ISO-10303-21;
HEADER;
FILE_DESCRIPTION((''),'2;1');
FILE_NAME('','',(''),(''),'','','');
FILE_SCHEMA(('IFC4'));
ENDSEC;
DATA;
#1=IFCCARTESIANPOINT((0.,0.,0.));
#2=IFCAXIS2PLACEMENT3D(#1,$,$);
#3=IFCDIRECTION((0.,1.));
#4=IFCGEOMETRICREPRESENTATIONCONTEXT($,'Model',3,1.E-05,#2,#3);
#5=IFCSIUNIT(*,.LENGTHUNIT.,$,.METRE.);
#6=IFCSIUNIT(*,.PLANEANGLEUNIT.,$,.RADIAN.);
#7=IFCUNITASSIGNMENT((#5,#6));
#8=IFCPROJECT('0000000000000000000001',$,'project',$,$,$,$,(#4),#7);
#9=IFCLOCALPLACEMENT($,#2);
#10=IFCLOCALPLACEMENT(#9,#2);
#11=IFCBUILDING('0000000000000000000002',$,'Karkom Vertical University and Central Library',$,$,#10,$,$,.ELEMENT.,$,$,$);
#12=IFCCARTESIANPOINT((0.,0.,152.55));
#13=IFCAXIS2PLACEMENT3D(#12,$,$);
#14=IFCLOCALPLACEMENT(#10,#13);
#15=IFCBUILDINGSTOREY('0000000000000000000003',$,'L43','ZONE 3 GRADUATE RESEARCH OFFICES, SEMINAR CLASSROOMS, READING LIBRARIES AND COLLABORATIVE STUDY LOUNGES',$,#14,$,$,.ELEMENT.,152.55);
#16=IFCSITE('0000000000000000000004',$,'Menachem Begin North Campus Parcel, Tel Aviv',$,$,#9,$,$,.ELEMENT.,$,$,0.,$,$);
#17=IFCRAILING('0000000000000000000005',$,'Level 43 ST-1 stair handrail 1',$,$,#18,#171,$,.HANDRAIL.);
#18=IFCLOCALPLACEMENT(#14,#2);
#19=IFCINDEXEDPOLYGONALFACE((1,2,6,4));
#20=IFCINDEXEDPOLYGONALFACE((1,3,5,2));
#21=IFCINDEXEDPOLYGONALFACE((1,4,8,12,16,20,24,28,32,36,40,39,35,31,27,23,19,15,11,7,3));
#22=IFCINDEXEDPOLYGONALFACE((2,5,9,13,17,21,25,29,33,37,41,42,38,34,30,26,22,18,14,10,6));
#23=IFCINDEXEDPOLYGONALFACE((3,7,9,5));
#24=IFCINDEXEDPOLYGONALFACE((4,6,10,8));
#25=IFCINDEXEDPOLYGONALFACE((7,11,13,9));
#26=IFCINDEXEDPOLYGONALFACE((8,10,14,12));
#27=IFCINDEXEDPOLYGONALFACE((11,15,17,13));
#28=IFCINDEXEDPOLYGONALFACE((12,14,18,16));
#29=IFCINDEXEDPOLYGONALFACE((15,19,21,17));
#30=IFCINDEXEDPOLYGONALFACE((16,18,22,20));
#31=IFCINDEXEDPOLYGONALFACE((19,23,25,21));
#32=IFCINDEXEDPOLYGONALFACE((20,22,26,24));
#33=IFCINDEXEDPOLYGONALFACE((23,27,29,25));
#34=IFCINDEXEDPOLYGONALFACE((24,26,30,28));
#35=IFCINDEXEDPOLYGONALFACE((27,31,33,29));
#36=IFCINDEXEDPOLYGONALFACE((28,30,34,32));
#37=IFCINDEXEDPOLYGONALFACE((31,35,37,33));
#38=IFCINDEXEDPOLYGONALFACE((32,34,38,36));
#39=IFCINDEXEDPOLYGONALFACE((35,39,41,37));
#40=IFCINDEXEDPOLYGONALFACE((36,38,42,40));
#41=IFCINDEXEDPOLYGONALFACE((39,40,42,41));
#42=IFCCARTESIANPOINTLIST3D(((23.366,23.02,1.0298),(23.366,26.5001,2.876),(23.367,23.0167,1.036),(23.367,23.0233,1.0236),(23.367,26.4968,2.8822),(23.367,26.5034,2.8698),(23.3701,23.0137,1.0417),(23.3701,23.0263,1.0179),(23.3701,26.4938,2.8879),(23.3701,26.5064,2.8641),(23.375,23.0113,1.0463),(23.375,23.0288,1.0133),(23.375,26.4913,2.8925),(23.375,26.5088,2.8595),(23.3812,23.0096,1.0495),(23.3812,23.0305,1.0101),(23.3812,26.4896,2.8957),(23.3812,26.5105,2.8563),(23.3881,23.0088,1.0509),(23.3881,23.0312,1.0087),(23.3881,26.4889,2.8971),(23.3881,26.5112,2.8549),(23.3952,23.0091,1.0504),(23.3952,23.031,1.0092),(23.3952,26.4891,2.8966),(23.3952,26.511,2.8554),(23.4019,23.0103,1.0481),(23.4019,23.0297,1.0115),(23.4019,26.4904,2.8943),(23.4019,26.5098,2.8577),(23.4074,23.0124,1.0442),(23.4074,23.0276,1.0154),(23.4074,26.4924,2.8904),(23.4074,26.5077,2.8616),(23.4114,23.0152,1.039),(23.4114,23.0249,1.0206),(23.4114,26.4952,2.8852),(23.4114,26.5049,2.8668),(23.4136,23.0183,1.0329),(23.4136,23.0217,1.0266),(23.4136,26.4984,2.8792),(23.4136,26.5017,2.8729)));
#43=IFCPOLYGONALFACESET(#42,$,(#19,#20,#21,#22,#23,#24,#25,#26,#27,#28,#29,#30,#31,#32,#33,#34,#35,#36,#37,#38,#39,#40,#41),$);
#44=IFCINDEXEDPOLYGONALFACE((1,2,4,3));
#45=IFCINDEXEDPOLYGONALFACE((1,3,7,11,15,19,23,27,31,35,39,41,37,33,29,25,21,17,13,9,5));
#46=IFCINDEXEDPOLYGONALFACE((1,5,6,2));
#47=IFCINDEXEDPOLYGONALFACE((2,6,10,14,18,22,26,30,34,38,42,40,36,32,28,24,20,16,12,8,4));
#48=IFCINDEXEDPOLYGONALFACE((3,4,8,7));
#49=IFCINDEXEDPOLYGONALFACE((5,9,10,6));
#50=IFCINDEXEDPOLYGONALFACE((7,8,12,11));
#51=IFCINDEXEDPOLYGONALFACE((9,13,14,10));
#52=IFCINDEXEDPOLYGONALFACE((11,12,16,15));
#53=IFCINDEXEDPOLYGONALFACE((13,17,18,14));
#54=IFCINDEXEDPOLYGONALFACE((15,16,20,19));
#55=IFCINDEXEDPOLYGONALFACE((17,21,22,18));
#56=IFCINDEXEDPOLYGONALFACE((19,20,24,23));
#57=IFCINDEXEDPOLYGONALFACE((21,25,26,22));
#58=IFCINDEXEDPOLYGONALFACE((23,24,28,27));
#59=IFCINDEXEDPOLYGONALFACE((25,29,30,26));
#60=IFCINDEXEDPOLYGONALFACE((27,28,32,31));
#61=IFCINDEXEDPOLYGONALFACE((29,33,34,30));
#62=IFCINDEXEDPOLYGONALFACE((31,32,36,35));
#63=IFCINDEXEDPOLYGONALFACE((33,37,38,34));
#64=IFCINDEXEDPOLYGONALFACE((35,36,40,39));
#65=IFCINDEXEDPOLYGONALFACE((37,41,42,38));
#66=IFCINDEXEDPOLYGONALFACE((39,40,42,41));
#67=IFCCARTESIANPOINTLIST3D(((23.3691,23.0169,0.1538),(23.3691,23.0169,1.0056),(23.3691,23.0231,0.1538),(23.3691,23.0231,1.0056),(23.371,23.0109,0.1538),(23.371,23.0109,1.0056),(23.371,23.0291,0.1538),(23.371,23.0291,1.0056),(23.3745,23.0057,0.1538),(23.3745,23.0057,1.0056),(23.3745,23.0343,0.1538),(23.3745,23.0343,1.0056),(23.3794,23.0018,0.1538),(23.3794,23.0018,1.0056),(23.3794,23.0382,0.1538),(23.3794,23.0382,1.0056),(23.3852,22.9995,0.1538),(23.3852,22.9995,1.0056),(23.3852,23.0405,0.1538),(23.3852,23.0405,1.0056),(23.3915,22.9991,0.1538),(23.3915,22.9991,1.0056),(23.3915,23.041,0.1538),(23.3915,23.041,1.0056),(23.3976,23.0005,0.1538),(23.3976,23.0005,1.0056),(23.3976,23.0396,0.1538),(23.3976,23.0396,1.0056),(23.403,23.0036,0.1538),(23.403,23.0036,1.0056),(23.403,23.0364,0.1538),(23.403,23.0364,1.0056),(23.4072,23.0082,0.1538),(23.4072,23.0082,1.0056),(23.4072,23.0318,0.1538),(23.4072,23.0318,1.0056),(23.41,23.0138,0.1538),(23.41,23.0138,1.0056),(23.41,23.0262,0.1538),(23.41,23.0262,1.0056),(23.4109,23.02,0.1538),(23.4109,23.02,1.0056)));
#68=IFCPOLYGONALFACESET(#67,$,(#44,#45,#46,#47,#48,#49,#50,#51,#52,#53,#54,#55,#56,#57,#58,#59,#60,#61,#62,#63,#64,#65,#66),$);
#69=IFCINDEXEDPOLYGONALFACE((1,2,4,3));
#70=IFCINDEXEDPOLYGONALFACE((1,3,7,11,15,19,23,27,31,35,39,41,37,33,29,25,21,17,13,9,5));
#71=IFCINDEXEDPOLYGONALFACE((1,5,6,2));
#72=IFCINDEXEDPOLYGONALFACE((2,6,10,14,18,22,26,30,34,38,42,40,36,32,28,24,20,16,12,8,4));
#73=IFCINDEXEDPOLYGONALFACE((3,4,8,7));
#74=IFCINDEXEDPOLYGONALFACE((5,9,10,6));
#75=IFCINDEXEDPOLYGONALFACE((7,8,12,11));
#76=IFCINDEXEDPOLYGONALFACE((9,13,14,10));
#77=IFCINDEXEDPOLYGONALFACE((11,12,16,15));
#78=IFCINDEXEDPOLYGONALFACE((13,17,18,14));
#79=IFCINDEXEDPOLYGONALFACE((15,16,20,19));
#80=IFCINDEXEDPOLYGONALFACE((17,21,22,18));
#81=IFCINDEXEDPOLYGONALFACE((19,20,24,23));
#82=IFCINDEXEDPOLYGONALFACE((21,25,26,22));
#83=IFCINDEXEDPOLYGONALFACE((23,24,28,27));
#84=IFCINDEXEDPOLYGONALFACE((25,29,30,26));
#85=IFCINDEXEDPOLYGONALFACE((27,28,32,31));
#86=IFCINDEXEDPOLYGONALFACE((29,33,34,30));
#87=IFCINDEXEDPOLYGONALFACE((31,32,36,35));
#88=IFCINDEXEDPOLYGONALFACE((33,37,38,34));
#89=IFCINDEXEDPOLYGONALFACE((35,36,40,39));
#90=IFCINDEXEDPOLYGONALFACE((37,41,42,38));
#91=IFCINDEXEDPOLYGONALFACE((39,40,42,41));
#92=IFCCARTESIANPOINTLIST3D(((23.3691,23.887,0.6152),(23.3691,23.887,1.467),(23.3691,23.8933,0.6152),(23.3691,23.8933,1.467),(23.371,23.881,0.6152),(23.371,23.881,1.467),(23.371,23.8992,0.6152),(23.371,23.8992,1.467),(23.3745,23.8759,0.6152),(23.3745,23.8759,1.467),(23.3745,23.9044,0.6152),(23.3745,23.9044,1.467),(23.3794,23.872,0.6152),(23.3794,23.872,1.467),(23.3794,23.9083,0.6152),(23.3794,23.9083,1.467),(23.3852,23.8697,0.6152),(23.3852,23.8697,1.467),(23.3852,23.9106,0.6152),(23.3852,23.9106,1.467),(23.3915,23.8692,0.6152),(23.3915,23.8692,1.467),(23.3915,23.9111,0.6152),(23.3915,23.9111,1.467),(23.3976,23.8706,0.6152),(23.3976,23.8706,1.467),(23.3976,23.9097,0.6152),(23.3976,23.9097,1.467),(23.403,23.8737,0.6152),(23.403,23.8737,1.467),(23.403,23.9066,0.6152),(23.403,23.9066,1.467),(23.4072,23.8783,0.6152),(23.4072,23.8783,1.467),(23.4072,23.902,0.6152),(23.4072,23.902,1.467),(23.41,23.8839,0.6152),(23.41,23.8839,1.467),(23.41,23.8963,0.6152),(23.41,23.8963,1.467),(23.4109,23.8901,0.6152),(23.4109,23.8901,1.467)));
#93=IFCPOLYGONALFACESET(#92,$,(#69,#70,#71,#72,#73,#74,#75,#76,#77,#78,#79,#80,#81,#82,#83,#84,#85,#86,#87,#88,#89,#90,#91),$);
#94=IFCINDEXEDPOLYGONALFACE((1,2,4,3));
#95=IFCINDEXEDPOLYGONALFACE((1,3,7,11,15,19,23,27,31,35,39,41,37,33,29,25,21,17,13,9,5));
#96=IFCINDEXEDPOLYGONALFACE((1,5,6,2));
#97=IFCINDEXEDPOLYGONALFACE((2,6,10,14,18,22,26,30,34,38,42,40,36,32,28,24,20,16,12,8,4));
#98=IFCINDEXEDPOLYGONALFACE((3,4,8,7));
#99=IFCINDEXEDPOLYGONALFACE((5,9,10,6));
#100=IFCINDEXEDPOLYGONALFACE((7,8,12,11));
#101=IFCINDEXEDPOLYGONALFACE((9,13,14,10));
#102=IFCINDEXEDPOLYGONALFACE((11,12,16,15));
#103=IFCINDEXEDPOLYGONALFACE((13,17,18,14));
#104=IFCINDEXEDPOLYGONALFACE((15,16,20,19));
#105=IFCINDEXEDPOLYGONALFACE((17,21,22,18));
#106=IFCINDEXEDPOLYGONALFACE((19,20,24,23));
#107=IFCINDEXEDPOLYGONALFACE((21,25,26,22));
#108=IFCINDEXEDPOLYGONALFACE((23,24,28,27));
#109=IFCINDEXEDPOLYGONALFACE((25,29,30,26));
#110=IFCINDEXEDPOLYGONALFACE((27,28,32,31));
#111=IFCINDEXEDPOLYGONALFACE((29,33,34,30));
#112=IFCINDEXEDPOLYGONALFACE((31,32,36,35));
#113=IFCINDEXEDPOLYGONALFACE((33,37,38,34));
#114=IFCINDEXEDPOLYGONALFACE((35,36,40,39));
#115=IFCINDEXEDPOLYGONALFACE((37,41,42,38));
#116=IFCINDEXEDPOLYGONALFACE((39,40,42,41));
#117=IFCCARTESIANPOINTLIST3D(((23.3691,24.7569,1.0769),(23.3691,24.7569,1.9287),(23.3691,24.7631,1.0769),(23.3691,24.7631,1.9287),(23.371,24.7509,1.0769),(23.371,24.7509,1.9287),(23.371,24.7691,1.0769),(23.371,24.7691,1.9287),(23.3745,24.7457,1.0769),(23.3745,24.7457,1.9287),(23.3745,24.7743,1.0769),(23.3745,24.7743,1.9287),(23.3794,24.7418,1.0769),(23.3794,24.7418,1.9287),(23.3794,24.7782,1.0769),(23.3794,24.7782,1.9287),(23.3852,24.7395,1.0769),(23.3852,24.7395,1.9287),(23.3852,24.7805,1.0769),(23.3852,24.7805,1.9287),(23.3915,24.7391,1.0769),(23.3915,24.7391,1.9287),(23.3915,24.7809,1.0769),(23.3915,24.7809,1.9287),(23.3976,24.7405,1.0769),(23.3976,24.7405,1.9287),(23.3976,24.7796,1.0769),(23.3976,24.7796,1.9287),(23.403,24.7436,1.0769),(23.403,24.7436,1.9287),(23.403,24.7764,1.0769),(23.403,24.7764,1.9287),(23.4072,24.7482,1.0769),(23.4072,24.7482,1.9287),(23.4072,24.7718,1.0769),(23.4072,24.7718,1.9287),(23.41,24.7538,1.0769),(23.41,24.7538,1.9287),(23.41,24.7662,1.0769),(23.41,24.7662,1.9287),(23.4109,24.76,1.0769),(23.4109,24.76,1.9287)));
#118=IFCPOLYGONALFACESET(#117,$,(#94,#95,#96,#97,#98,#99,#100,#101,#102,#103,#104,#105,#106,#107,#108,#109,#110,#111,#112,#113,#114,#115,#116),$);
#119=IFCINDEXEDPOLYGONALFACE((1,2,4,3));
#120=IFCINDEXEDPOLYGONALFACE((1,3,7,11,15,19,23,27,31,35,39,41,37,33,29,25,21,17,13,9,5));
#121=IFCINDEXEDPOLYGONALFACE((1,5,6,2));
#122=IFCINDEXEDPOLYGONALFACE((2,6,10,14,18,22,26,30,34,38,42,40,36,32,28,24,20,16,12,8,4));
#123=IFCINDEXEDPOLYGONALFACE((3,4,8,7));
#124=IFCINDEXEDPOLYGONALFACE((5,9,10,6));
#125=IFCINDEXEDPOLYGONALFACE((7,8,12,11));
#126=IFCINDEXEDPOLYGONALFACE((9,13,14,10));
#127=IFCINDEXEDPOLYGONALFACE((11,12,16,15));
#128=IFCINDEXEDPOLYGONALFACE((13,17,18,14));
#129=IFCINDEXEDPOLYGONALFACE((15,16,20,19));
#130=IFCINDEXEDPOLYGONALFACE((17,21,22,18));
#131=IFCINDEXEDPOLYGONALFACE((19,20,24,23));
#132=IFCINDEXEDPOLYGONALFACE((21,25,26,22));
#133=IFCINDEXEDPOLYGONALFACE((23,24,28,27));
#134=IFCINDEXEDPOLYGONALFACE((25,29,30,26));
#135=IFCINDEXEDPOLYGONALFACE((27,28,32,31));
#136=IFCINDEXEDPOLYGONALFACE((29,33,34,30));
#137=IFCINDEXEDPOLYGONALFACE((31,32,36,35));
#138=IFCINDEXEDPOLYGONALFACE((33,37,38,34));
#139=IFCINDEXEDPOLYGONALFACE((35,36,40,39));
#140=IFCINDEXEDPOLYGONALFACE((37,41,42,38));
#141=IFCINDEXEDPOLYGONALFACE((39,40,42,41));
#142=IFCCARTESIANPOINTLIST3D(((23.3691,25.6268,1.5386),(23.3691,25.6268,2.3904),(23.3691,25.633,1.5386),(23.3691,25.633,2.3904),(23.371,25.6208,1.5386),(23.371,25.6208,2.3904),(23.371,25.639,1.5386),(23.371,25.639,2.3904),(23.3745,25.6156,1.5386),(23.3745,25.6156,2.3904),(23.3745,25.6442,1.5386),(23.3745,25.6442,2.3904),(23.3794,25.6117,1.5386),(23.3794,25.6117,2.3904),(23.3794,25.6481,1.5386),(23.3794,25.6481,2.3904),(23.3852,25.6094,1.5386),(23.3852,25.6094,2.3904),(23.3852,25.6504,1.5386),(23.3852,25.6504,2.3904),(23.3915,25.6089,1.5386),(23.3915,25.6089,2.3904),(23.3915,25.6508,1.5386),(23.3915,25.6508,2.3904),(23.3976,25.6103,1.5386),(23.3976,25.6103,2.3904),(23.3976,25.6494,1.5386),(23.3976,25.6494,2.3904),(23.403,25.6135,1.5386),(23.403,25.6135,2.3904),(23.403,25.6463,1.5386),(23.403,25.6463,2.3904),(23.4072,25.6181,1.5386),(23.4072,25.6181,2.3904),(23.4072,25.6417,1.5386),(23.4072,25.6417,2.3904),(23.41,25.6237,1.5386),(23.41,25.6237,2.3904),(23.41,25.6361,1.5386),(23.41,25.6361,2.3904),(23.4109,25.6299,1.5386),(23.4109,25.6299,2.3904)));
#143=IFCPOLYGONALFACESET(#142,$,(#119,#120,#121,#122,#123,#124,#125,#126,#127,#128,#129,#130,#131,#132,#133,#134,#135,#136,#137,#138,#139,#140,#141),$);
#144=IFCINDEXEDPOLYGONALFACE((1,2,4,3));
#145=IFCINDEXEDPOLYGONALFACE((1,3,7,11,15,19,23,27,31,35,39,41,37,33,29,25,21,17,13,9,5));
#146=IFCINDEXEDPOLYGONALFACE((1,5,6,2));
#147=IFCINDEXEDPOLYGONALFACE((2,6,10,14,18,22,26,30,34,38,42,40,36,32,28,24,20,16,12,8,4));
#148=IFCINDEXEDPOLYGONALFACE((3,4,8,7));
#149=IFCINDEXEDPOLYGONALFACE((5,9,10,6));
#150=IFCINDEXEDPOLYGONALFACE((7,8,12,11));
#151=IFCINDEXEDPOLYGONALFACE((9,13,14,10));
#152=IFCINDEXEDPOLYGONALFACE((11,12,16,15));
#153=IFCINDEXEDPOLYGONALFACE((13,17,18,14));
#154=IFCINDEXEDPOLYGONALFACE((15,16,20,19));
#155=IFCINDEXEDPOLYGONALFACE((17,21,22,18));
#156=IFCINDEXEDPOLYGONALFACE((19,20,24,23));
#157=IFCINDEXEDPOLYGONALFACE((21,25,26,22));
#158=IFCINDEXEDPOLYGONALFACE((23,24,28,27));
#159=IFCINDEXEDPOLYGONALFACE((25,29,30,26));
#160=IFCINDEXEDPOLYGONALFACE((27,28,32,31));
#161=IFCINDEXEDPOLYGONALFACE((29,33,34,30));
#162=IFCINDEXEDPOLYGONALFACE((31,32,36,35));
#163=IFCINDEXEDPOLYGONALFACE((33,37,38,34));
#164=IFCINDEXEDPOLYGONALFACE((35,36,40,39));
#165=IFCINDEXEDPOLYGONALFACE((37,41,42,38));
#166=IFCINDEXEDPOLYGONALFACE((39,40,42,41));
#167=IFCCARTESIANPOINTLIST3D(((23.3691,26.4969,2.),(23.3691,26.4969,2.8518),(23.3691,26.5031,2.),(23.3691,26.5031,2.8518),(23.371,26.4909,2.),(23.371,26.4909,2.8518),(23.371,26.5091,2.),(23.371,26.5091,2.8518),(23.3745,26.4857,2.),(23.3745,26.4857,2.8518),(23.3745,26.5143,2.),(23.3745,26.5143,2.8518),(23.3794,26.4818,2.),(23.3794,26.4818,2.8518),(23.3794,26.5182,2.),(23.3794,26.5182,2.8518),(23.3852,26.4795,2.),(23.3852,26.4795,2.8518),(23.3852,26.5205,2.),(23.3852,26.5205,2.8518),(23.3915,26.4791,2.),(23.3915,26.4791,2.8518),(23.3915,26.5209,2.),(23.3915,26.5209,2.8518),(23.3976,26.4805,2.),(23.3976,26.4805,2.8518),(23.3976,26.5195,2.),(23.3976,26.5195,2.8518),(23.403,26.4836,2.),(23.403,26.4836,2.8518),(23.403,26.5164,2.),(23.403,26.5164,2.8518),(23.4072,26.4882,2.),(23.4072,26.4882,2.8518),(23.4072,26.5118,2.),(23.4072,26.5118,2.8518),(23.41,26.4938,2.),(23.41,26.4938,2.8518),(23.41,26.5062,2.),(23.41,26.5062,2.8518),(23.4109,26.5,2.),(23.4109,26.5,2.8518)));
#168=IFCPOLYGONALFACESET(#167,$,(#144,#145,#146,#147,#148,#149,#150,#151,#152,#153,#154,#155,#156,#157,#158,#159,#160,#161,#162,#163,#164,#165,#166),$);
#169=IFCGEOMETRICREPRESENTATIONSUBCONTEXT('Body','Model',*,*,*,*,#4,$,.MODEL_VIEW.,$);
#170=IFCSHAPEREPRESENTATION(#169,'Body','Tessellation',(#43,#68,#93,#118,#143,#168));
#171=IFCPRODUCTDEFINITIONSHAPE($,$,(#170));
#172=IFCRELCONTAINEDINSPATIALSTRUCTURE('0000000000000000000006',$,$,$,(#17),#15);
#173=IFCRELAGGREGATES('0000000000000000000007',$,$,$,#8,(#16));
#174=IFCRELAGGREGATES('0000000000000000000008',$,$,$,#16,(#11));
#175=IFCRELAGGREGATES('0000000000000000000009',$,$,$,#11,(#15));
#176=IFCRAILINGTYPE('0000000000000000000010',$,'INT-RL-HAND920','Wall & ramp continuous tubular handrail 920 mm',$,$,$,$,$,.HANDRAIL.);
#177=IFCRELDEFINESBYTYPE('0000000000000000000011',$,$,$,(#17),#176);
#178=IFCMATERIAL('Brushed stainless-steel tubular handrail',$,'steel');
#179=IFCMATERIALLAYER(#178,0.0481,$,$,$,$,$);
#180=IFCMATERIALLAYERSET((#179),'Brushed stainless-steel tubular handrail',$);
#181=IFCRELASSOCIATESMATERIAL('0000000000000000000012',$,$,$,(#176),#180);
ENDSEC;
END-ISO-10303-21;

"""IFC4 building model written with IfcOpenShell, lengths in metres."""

from ifc_helpers import new_model, si_unit, direction, frame, origin, origin_2d, place, context, subcontext, project, spatial, circle, extrude, material, layer, layer_set, type_object, element, save


model = new_model("IFC4")

# Units and contexts
model_context = context("Model", 3, precision=1e-05, world=origin(), true_north=direction((0.0, 1.0)))
body_context = subcontext(model_context, "Body", "Model", "MODEL_VIEW")
ifc_project = project(units=[si_unit("LENGTHUNIT", "METRE"), si_unit("PLANEANGLEUNIT", "RADIAN")], contexts=[model_context])

# Site, building, storey
site_placement = place(None, origin())
site = spatial("IfcSite", under=ifc_project, at=site_placement, Name="Menachem Begin North Campus Parcel, Tel Aviv", CompositionType="ELEMENT", RefElevation=0.0)
building_placement = place(site_placement, origin())
building = spatial("IfcBuilding", under=site, at=building_placement, Name="Karkom Vertical University and Central Library", CompositionType="ELEMENT")
storey_placement = place(building_placement, frame((0.0, 0.0, 152.55)))
storey = spatial("IfcBuildingStorey", under=building, at=storey_placement, Name="L43", Description="ZONE 3 GRADUATE RESEARCH OFFICES, SEMINAR CLASSROOMS, READING LIBRARIES AND COLLABORATIVE STUDY LOUNGES", CompositionType="ELEMENT", Elevation=152.55)

# Railing
ifc_material_1 = material(Name="Brushed stainless-steel tubular handrail", Category="steel")
ifc_layer_1 = layer(ifc_material_1, 0.0481)
ifc_layer_set_1 = layer_set([ifc_layer_1], Name="Brushed stainless-steel tubular handrail")
railing_type_1 = type_object("IfcRailingType", Name="INT-RL-HAND920", Description="Wall & ramp continuous tubular handrail 920 mm", PredefinedType="HANDRAIL", material=ifc_layer_set_1)
railing_1_placement = place(storey_placement, frame((23.3899, 23.02, 0.1538)))
element("IfcRailing", 1, at=railing_1_placement, inside=storey, type_object=railing_type_1, Name="Level 43 ST-1 stair handrail 1", PredefinedType="HANDRAIL", context=body_context, shape_type="SweptSolid", body=[
    extrude(circle(Radius=0.0239, at=origin_2d()), frame((0.0, 0.0, 0.876), z_axis=(0.0, 0.883384, 0.468651), x_axis=(-1.0, 0.0, 0.0)), (0.0, 0.0, 1.0), 3.9395),
    extrude(circle(Radius=0.021, at=origin_2d()), origin(), (0.0, 0.0, 1.0), 0.8518),
    extrude(circle(Radius=0.021, at=origin_2d()), frame((0.0, 0.8701, 0.4614)), (0.0, 0.0, 1.0), 0.8518),
    extrude(circle(Radius=0.021, at=origin_2d()), frame((0.0, 1.74, 0.9231)), (0.0, 0.0, 1.0), 0.8518),
    extrude(circle(Radius=0.021, at=origin_2d()), frame((0.0, 2.6099, 1.3848)), (0.0, 0.0, 1.0), 0.8518),
    extrude(circle(Radius=0.021, at=origin_2d()), frame((0.0, 3.48, 1.8462)), (0.0, 0.0, 1.0), 0.8518),
])

save(model, "model.ifc")
